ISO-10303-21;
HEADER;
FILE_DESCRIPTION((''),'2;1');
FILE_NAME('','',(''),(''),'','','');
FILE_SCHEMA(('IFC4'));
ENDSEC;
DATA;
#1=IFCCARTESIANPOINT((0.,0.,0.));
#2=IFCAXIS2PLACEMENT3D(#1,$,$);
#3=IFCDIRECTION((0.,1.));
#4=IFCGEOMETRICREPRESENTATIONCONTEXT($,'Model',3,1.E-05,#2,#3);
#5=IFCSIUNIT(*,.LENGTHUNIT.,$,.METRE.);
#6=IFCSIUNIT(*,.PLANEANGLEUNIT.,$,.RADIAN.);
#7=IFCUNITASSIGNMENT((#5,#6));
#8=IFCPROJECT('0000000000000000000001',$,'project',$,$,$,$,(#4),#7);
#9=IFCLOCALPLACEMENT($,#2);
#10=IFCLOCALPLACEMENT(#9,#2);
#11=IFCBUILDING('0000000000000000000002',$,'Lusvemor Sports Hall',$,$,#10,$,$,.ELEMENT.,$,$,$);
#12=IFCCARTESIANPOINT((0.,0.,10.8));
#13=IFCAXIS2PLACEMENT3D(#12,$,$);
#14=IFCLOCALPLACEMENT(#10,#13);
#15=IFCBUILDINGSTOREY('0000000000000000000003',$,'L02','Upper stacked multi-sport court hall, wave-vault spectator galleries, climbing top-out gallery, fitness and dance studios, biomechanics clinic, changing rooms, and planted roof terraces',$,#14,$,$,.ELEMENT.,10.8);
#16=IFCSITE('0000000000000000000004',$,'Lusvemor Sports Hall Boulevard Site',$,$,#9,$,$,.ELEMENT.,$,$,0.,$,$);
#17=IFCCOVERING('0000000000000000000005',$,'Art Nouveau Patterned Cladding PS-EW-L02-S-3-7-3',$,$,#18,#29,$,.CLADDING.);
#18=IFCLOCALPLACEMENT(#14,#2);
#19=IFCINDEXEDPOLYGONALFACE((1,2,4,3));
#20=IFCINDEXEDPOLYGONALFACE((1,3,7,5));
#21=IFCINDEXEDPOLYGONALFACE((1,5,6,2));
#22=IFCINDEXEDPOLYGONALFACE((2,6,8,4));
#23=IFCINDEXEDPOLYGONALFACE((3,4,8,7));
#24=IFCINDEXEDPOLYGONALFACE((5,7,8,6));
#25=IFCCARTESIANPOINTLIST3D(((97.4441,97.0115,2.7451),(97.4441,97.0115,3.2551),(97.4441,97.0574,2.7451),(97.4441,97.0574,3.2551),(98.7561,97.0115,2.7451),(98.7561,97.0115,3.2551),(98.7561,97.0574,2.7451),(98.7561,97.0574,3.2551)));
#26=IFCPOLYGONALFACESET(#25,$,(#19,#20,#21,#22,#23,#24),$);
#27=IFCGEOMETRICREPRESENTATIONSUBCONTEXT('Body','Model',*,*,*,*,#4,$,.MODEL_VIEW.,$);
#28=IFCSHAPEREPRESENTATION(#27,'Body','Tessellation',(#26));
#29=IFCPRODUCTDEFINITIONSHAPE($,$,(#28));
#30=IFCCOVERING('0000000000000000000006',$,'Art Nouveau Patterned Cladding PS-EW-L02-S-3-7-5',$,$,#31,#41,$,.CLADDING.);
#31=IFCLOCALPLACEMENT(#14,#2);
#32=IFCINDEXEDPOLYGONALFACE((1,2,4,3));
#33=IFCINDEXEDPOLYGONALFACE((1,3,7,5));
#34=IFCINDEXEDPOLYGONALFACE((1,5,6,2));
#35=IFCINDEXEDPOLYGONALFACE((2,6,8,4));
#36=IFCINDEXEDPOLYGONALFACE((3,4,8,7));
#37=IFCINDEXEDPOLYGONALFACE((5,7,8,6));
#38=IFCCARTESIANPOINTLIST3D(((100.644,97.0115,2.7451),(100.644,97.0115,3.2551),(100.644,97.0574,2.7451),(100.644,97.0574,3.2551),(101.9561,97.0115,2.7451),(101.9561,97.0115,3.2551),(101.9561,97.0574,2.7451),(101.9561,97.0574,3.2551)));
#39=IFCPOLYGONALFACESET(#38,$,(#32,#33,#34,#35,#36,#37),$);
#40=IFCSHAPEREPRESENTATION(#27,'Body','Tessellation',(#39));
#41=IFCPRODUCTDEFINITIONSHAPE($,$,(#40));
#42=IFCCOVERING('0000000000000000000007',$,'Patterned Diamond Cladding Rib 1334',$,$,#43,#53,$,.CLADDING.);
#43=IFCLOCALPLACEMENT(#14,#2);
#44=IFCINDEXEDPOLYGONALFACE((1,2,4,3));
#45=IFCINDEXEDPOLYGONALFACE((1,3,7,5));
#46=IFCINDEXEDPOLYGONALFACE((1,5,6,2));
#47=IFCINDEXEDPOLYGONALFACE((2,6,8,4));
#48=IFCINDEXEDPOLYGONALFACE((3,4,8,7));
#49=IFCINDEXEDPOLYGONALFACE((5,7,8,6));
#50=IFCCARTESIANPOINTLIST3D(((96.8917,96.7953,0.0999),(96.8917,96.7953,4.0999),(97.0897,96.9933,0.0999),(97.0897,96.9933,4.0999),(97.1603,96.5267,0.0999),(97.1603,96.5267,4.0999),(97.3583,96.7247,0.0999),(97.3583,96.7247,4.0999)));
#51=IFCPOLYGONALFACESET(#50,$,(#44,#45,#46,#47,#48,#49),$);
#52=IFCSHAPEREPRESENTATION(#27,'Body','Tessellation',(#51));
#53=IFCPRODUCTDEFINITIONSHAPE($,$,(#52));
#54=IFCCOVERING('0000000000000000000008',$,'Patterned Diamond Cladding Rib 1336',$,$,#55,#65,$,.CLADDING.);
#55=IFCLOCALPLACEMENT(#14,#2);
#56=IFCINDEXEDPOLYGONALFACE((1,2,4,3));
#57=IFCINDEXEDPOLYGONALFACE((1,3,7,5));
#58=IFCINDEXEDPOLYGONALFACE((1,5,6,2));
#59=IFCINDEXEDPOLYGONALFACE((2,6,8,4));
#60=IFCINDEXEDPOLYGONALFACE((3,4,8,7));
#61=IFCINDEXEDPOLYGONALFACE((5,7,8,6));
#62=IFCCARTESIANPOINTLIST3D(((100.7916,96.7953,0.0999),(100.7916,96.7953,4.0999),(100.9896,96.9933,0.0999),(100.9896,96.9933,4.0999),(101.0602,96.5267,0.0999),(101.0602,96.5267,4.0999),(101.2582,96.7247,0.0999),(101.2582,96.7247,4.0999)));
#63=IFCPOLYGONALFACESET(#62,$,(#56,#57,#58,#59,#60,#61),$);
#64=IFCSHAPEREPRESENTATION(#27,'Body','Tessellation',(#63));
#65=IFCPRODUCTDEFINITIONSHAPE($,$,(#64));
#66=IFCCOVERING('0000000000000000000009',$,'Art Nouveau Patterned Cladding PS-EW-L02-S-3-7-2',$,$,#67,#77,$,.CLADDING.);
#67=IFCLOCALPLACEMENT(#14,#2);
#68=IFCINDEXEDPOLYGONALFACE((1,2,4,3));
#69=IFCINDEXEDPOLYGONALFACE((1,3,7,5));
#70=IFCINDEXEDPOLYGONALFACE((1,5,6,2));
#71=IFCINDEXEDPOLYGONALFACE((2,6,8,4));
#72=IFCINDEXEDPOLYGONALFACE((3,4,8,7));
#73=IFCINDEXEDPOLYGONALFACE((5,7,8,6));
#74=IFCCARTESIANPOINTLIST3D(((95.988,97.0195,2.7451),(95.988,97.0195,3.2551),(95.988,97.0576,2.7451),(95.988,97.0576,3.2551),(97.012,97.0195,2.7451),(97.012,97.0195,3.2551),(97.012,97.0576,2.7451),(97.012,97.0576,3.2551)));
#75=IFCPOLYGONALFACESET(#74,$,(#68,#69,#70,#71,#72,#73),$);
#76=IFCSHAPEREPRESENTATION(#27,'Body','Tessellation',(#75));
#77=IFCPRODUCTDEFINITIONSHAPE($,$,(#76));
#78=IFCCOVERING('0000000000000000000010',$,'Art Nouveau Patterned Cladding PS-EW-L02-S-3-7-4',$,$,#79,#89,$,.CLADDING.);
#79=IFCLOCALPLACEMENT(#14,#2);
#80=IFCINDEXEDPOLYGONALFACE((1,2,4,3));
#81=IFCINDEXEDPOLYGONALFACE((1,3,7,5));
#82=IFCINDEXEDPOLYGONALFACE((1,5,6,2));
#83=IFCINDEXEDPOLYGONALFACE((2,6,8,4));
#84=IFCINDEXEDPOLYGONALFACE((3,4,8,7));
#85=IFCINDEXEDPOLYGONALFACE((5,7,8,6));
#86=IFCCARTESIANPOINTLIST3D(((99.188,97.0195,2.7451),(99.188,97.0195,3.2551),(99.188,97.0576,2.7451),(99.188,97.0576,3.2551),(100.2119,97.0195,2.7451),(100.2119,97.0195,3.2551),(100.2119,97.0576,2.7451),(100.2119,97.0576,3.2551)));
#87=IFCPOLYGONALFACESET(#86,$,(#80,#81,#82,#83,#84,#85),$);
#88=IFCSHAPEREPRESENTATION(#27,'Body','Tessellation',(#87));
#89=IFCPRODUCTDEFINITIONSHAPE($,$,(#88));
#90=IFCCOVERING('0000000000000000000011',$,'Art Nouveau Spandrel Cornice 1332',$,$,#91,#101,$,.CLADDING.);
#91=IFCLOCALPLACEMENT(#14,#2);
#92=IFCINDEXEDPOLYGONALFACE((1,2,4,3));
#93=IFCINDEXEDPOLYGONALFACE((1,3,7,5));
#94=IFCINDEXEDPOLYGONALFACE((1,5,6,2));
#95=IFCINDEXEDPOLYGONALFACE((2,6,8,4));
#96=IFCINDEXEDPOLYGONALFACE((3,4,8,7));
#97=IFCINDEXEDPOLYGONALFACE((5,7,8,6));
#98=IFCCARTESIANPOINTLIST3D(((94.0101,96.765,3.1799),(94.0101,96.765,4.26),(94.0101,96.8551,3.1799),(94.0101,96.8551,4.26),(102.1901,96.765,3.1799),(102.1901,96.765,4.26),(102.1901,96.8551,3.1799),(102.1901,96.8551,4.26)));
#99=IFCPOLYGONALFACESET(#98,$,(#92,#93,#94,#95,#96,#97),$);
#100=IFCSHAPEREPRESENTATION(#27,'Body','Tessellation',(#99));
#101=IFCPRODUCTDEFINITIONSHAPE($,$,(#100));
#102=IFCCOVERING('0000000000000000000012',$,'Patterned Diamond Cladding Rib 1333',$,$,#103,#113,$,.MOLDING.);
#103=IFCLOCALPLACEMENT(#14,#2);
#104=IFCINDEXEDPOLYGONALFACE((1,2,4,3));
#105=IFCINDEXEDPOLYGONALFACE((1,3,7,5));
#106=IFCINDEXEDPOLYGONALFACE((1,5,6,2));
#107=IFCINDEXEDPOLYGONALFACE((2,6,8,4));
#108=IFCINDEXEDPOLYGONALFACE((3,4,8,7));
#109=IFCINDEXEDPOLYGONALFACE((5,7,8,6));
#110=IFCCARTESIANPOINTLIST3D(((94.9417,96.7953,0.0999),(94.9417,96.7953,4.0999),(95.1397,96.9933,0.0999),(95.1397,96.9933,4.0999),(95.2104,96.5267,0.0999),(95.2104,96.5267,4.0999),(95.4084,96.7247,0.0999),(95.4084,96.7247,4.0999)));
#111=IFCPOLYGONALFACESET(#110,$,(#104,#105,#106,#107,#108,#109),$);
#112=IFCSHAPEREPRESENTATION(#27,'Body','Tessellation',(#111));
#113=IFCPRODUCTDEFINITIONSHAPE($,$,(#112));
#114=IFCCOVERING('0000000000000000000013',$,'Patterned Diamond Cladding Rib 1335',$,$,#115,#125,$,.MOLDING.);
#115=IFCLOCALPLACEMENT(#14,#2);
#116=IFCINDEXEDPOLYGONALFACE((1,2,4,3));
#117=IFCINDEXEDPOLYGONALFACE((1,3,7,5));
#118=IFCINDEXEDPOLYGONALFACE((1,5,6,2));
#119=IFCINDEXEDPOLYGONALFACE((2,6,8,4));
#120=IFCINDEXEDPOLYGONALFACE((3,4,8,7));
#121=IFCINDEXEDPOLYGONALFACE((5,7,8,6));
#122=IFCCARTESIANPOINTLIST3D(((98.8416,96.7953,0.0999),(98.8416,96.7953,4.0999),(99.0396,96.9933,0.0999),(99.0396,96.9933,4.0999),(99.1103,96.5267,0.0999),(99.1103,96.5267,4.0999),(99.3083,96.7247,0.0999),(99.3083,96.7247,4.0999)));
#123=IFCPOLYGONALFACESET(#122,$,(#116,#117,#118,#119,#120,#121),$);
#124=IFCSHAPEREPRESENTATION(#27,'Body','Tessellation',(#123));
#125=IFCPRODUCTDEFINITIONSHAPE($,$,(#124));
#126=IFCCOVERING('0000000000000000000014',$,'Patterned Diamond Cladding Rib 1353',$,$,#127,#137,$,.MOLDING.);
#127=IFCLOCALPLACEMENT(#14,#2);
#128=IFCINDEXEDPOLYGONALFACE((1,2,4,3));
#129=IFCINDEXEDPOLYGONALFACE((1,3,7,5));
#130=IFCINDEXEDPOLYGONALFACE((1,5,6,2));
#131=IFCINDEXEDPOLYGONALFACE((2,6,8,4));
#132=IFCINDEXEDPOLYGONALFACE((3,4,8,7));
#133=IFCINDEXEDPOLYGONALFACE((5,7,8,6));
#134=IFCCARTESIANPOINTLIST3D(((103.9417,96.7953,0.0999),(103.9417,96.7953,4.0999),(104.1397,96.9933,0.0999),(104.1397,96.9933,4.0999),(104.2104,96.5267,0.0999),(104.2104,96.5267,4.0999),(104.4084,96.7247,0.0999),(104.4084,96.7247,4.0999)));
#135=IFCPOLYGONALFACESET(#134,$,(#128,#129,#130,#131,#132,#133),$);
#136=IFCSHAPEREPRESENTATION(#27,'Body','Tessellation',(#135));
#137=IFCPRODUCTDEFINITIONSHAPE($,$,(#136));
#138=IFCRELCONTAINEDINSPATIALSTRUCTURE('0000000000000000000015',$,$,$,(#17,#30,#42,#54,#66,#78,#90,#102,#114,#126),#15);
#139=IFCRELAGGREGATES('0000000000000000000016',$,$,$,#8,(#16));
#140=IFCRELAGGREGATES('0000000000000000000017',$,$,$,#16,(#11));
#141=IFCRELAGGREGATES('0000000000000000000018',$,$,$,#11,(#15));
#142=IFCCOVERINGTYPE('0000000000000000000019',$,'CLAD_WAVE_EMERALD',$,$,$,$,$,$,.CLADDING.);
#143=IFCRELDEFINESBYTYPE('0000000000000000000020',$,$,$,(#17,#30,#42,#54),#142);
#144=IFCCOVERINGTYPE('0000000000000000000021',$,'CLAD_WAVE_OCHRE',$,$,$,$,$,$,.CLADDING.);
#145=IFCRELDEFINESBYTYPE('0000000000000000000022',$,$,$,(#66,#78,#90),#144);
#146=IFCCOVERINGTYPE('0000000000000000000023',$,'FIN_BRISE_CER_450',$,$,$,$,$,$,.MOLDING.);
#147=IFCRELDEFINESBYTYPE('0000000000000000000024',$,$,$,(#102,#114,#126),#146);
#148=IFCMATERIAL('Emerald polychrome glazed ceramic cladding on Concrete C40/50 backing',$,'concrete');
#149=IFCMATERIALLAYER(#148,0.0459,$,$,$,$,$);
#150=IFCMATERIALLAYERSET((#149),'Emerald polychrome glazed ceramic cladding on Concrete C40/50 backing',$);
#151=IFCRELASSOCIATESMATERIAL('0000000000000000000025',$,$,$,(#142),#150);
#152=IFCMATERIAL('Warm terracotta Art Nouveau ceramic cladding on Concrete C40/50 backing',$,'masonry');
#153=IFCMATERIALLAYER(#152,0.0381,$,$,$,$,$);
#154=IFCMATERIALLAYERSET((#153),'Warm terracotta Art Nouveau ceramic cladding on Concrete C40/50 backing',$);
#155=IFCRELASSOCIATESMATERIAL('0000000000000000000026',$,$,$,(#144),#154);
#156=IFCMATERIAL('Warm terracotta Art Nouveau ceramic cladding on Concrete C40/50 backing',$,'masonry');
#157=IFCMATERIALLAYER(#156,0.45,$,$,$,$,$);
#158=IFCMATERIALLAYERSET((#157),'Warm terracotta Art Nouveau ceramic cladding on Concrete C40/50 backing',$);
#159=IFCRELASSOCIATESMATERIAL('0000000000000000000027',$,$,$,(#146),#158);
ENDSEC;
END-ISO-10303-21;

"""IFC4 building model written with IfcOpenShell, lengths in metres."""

from ifc_helpers import new_model, si_unit, direction, frame, origin, origin_2d, place, context, subcontext, project, spatial, rectangle, extrude, material, layer, layer_set, type_object, element, save


model = new_model("IFC4")

# Units and contexts
model_context = context("Model", 3, precision=1e-05, world=origin(), true_north=direction((0.0, 1.0)))
body_context = subcontext(model_context, "Body", "Model", "MODEL_VIEW")
ifc_project = project(units=[si_unit("LENGTHUNIT", "METRE"), si_unit("PLANEANGLEUNIT", "RADIAN")], contexts=[model_context])

# Site, building, storey
site_placement = place(None, origin())
site = spatial("IfcSite", under=ifc_project, at=site_placement, Name="Lusvemor Sports Hall Boulevard Site", CompositionType="ELEMENT", RefElevation=0.0)
building_placement = place(site_placement, origin())
building = spatial("IfcBuilding", under=site, at=building_placement, Name="Lusvemor Sports Hall", CompositionType="ELEMENT")
storey_placement = place(building_placement, frame((0.0, 0.0, 10.8)))
storey = spatial("IfcBuildingStorey", under=building, at=storey_placement, Name="L02", Description="Upper stacked multi-sport court hall, wave-vault spectator galleries, climbing top-out gallery, fitness and dance studios, biomechanics clinic, changing rooms, and planted roof terraces", CompositionType="ELEMENT", Elevation=10.8)

# Coverings
ifc_material_1 = material(Name="Emerald polychrome glazed ceramic cladding on Concrete C40/50 backing", Category="concrete")
ifc_layer_1 = layer(ifc_material_1, 0.0459)
ifc_layer_set_1 = layer_set([ifc_layer_1], Name="Emerald polychrome glazed ceramic cladding on Concrete C40/50 backing")
covering_type_1 = type_object("IfcCoveringType", Name="CLAD_WAVE_EMERALD", PredefinedType="CLADDING", material=ifc_layer_set_1)
for number, where, z_axis, x_axis, name in (
    (1, (98.1001, 97.0344, 2.7451), (0.0, 0.0, 1.0), (1.0, 0.0, 0.0), "Art Nouveau Patterned Cladding PS-EW-L02-S-3-7-3"),
    (2, (101.3, 97.0344, 2.7451), (0.0, 0.0, 1.0), (1.0, 0.0, 0.0), "Art Nouveau Patterned Cladding PS-EW-L02-S-3-7-5"),
):
    element("IfcCovering", number, at=place(storey_placement, frame(where, z_axis=z_axis, x_axis=x_axis)), inside=storey, type_object=covering_type_1, Name=name, PredefinedType="CLADDING", context=body_context, shape_type="SweptSolid", body=[
        extrude(rectangle(XDim=1.312, YDim=0.0459, at=origin_2d()), origin(), (0.0, 0.0, 1.0), 0.51),
    ])
for number, where, z_axis, x_axis, name in (
    (3, (97.125, 96.76, 0.0999), (0.0, 0.0, 1.0), (0.707107, 0.707107, 0.0), "Patterned Diamond Cladding Rib 1334"),
    (4, (101.0249, 96.76, 0.0999), (0.0, 0.0, 1.0), (0.707107, 0.707107, 0.0), "Patterned Diamond Cladding Rib 1336"),
):
    element("IfcCovering", number, at=place(storey_placement, frame(where, z_axis=z_axis, x_axis=x_axis)), inside=storey, type_object=covering_type_1, Name=name, PredefinedType="CLADDING", context=body_context, shape_type="SweptSolid", body=[
        extrude(rectangle(XDim=0.28, YDim=0.3799, at=origin_2d()), origin(), (0.0, 0.0, 1.0), 4.0),
    ])
ifc_material_2 = material(Name="Warm terracotta Art Nouveau ceramic cladding on Concrete C40/50 backing", Category="masonry")
ifc_layer_2 = layer(ifc_material_2, 0.0381)
ifc_layer_set_2 = layer_set([ifc_layer_2], Name="Warm terracotta Art Nouveau ceramic cladding on Concrete C40/50 backing")
covering_type_2 = type_object("IfcCoveringType", Name="CLAD_WAVE_OCHRE", PredefinedType="CLADDING", material=ifc_layer_set_2)
for number, where, z_axis, x_axis, name in (
    (5, (96.5, 97.0386, 2.7451), (0.0, 0.0, 1.0), (1.0, 0.0, 0.0), "Art Nouveau Patterned Cladding PS-EW-L02-S-3-7-2"),
    (6, (99.7, 97.0386, 2.7451), (0.0, 0.0, 1.0), (1.0, 0.0, 0.0), "Art Nouveau Patterned Cladding PS-EW-L02-S-3-7-4"),
):
    element("IfcCovering", number, at=place(storey_placement, frame(where, z_axis=z_axis, x_axis=x_axis)), inside=storey, type_object=covering_type_2, Name=name, PredefinedType="CLADDING", context=body_context, shape_type="SweptSolid", body=[
        extrude(rectangle(XDim=1.0239, YDim=0.0381, at=origin_2d()), origin(), (0.0, 0.0, 1.0), 0.51),
    ])
covering_placement = place(storey_placement, frame((98.1001, 96.8101, 3.1799), z_axis=(0.0, 0.0, 1.0), x_axis=(1.0, 0.0, 0.0)))
element("IfcCovering", 7, at=covering_placement, inside=storey, type_object=covering_type_2, Name="Art Nouveau Spandrel Cornice 1332", PredefinedType="CLADDING", context=body_context, shape_type="SweptSolid", body=[
    extrude(rectangle(XDim=8.1799, YDim=0.0901, at=origin_2d()), origin(), (0.0, 0.0, 1.0), 1.0801),
])
ifc_material_3 = material(Name="Warm terracotta Art Nouveau ceramic cladding on Concrete C40/50 backing", Category="masonry")
ifc_layer_3 = layer(ifc_material_3, 0.45)
ifc_layer_set_3 = layer_set([ifc_layer_3], Name="Warm terracotta Art Nouveau ceramic cladding on Concrete C40/50 backing")
covering_type_3 = type_object("IfcCoveringType", Name="FIN_BRISE_CER_450", PredefinedType="MOLDING", material=ifc_layer_set_3)
for number, where, z_axis, x_axis, name in (
    (8, (95.175, 96.76, 0.0999), (0.0, 0.0, 1.0), (0.707107, 0.707107, 0.0), "Patterned Diamond Cladding Rib 1333"),
    (9, (99.075, 96.76, 0.0999), (0.0, 0.0, 1.0), (0.707107, 0.707107, 0.0), "Patterned Diamond Cladding Rib 1335"),
    (10, (104.175, 96.76, 0.0999), (0.0, 0.0, 1.0), (0.707107, 0.707107, 0.0), "Patterned Diamond Cladding Rib 1353"),
):
    element("IfcCovering", number, at=place(storey_placement, frame(where, z_axis=z_axis, x_axis=x_axis)), inside=storey, type_object=covering_type_3, Name=name, PredefinedType="MOLDING", context=body_context, shape_type="SweptSolid", body=[
        extrude(rectangle(XDim=0.28, YDim=0.3799, at=origin_2d()), origin(), (0.0, 0.0, 1.0), 4.0),
    ])

save(model, "model.ifc")
